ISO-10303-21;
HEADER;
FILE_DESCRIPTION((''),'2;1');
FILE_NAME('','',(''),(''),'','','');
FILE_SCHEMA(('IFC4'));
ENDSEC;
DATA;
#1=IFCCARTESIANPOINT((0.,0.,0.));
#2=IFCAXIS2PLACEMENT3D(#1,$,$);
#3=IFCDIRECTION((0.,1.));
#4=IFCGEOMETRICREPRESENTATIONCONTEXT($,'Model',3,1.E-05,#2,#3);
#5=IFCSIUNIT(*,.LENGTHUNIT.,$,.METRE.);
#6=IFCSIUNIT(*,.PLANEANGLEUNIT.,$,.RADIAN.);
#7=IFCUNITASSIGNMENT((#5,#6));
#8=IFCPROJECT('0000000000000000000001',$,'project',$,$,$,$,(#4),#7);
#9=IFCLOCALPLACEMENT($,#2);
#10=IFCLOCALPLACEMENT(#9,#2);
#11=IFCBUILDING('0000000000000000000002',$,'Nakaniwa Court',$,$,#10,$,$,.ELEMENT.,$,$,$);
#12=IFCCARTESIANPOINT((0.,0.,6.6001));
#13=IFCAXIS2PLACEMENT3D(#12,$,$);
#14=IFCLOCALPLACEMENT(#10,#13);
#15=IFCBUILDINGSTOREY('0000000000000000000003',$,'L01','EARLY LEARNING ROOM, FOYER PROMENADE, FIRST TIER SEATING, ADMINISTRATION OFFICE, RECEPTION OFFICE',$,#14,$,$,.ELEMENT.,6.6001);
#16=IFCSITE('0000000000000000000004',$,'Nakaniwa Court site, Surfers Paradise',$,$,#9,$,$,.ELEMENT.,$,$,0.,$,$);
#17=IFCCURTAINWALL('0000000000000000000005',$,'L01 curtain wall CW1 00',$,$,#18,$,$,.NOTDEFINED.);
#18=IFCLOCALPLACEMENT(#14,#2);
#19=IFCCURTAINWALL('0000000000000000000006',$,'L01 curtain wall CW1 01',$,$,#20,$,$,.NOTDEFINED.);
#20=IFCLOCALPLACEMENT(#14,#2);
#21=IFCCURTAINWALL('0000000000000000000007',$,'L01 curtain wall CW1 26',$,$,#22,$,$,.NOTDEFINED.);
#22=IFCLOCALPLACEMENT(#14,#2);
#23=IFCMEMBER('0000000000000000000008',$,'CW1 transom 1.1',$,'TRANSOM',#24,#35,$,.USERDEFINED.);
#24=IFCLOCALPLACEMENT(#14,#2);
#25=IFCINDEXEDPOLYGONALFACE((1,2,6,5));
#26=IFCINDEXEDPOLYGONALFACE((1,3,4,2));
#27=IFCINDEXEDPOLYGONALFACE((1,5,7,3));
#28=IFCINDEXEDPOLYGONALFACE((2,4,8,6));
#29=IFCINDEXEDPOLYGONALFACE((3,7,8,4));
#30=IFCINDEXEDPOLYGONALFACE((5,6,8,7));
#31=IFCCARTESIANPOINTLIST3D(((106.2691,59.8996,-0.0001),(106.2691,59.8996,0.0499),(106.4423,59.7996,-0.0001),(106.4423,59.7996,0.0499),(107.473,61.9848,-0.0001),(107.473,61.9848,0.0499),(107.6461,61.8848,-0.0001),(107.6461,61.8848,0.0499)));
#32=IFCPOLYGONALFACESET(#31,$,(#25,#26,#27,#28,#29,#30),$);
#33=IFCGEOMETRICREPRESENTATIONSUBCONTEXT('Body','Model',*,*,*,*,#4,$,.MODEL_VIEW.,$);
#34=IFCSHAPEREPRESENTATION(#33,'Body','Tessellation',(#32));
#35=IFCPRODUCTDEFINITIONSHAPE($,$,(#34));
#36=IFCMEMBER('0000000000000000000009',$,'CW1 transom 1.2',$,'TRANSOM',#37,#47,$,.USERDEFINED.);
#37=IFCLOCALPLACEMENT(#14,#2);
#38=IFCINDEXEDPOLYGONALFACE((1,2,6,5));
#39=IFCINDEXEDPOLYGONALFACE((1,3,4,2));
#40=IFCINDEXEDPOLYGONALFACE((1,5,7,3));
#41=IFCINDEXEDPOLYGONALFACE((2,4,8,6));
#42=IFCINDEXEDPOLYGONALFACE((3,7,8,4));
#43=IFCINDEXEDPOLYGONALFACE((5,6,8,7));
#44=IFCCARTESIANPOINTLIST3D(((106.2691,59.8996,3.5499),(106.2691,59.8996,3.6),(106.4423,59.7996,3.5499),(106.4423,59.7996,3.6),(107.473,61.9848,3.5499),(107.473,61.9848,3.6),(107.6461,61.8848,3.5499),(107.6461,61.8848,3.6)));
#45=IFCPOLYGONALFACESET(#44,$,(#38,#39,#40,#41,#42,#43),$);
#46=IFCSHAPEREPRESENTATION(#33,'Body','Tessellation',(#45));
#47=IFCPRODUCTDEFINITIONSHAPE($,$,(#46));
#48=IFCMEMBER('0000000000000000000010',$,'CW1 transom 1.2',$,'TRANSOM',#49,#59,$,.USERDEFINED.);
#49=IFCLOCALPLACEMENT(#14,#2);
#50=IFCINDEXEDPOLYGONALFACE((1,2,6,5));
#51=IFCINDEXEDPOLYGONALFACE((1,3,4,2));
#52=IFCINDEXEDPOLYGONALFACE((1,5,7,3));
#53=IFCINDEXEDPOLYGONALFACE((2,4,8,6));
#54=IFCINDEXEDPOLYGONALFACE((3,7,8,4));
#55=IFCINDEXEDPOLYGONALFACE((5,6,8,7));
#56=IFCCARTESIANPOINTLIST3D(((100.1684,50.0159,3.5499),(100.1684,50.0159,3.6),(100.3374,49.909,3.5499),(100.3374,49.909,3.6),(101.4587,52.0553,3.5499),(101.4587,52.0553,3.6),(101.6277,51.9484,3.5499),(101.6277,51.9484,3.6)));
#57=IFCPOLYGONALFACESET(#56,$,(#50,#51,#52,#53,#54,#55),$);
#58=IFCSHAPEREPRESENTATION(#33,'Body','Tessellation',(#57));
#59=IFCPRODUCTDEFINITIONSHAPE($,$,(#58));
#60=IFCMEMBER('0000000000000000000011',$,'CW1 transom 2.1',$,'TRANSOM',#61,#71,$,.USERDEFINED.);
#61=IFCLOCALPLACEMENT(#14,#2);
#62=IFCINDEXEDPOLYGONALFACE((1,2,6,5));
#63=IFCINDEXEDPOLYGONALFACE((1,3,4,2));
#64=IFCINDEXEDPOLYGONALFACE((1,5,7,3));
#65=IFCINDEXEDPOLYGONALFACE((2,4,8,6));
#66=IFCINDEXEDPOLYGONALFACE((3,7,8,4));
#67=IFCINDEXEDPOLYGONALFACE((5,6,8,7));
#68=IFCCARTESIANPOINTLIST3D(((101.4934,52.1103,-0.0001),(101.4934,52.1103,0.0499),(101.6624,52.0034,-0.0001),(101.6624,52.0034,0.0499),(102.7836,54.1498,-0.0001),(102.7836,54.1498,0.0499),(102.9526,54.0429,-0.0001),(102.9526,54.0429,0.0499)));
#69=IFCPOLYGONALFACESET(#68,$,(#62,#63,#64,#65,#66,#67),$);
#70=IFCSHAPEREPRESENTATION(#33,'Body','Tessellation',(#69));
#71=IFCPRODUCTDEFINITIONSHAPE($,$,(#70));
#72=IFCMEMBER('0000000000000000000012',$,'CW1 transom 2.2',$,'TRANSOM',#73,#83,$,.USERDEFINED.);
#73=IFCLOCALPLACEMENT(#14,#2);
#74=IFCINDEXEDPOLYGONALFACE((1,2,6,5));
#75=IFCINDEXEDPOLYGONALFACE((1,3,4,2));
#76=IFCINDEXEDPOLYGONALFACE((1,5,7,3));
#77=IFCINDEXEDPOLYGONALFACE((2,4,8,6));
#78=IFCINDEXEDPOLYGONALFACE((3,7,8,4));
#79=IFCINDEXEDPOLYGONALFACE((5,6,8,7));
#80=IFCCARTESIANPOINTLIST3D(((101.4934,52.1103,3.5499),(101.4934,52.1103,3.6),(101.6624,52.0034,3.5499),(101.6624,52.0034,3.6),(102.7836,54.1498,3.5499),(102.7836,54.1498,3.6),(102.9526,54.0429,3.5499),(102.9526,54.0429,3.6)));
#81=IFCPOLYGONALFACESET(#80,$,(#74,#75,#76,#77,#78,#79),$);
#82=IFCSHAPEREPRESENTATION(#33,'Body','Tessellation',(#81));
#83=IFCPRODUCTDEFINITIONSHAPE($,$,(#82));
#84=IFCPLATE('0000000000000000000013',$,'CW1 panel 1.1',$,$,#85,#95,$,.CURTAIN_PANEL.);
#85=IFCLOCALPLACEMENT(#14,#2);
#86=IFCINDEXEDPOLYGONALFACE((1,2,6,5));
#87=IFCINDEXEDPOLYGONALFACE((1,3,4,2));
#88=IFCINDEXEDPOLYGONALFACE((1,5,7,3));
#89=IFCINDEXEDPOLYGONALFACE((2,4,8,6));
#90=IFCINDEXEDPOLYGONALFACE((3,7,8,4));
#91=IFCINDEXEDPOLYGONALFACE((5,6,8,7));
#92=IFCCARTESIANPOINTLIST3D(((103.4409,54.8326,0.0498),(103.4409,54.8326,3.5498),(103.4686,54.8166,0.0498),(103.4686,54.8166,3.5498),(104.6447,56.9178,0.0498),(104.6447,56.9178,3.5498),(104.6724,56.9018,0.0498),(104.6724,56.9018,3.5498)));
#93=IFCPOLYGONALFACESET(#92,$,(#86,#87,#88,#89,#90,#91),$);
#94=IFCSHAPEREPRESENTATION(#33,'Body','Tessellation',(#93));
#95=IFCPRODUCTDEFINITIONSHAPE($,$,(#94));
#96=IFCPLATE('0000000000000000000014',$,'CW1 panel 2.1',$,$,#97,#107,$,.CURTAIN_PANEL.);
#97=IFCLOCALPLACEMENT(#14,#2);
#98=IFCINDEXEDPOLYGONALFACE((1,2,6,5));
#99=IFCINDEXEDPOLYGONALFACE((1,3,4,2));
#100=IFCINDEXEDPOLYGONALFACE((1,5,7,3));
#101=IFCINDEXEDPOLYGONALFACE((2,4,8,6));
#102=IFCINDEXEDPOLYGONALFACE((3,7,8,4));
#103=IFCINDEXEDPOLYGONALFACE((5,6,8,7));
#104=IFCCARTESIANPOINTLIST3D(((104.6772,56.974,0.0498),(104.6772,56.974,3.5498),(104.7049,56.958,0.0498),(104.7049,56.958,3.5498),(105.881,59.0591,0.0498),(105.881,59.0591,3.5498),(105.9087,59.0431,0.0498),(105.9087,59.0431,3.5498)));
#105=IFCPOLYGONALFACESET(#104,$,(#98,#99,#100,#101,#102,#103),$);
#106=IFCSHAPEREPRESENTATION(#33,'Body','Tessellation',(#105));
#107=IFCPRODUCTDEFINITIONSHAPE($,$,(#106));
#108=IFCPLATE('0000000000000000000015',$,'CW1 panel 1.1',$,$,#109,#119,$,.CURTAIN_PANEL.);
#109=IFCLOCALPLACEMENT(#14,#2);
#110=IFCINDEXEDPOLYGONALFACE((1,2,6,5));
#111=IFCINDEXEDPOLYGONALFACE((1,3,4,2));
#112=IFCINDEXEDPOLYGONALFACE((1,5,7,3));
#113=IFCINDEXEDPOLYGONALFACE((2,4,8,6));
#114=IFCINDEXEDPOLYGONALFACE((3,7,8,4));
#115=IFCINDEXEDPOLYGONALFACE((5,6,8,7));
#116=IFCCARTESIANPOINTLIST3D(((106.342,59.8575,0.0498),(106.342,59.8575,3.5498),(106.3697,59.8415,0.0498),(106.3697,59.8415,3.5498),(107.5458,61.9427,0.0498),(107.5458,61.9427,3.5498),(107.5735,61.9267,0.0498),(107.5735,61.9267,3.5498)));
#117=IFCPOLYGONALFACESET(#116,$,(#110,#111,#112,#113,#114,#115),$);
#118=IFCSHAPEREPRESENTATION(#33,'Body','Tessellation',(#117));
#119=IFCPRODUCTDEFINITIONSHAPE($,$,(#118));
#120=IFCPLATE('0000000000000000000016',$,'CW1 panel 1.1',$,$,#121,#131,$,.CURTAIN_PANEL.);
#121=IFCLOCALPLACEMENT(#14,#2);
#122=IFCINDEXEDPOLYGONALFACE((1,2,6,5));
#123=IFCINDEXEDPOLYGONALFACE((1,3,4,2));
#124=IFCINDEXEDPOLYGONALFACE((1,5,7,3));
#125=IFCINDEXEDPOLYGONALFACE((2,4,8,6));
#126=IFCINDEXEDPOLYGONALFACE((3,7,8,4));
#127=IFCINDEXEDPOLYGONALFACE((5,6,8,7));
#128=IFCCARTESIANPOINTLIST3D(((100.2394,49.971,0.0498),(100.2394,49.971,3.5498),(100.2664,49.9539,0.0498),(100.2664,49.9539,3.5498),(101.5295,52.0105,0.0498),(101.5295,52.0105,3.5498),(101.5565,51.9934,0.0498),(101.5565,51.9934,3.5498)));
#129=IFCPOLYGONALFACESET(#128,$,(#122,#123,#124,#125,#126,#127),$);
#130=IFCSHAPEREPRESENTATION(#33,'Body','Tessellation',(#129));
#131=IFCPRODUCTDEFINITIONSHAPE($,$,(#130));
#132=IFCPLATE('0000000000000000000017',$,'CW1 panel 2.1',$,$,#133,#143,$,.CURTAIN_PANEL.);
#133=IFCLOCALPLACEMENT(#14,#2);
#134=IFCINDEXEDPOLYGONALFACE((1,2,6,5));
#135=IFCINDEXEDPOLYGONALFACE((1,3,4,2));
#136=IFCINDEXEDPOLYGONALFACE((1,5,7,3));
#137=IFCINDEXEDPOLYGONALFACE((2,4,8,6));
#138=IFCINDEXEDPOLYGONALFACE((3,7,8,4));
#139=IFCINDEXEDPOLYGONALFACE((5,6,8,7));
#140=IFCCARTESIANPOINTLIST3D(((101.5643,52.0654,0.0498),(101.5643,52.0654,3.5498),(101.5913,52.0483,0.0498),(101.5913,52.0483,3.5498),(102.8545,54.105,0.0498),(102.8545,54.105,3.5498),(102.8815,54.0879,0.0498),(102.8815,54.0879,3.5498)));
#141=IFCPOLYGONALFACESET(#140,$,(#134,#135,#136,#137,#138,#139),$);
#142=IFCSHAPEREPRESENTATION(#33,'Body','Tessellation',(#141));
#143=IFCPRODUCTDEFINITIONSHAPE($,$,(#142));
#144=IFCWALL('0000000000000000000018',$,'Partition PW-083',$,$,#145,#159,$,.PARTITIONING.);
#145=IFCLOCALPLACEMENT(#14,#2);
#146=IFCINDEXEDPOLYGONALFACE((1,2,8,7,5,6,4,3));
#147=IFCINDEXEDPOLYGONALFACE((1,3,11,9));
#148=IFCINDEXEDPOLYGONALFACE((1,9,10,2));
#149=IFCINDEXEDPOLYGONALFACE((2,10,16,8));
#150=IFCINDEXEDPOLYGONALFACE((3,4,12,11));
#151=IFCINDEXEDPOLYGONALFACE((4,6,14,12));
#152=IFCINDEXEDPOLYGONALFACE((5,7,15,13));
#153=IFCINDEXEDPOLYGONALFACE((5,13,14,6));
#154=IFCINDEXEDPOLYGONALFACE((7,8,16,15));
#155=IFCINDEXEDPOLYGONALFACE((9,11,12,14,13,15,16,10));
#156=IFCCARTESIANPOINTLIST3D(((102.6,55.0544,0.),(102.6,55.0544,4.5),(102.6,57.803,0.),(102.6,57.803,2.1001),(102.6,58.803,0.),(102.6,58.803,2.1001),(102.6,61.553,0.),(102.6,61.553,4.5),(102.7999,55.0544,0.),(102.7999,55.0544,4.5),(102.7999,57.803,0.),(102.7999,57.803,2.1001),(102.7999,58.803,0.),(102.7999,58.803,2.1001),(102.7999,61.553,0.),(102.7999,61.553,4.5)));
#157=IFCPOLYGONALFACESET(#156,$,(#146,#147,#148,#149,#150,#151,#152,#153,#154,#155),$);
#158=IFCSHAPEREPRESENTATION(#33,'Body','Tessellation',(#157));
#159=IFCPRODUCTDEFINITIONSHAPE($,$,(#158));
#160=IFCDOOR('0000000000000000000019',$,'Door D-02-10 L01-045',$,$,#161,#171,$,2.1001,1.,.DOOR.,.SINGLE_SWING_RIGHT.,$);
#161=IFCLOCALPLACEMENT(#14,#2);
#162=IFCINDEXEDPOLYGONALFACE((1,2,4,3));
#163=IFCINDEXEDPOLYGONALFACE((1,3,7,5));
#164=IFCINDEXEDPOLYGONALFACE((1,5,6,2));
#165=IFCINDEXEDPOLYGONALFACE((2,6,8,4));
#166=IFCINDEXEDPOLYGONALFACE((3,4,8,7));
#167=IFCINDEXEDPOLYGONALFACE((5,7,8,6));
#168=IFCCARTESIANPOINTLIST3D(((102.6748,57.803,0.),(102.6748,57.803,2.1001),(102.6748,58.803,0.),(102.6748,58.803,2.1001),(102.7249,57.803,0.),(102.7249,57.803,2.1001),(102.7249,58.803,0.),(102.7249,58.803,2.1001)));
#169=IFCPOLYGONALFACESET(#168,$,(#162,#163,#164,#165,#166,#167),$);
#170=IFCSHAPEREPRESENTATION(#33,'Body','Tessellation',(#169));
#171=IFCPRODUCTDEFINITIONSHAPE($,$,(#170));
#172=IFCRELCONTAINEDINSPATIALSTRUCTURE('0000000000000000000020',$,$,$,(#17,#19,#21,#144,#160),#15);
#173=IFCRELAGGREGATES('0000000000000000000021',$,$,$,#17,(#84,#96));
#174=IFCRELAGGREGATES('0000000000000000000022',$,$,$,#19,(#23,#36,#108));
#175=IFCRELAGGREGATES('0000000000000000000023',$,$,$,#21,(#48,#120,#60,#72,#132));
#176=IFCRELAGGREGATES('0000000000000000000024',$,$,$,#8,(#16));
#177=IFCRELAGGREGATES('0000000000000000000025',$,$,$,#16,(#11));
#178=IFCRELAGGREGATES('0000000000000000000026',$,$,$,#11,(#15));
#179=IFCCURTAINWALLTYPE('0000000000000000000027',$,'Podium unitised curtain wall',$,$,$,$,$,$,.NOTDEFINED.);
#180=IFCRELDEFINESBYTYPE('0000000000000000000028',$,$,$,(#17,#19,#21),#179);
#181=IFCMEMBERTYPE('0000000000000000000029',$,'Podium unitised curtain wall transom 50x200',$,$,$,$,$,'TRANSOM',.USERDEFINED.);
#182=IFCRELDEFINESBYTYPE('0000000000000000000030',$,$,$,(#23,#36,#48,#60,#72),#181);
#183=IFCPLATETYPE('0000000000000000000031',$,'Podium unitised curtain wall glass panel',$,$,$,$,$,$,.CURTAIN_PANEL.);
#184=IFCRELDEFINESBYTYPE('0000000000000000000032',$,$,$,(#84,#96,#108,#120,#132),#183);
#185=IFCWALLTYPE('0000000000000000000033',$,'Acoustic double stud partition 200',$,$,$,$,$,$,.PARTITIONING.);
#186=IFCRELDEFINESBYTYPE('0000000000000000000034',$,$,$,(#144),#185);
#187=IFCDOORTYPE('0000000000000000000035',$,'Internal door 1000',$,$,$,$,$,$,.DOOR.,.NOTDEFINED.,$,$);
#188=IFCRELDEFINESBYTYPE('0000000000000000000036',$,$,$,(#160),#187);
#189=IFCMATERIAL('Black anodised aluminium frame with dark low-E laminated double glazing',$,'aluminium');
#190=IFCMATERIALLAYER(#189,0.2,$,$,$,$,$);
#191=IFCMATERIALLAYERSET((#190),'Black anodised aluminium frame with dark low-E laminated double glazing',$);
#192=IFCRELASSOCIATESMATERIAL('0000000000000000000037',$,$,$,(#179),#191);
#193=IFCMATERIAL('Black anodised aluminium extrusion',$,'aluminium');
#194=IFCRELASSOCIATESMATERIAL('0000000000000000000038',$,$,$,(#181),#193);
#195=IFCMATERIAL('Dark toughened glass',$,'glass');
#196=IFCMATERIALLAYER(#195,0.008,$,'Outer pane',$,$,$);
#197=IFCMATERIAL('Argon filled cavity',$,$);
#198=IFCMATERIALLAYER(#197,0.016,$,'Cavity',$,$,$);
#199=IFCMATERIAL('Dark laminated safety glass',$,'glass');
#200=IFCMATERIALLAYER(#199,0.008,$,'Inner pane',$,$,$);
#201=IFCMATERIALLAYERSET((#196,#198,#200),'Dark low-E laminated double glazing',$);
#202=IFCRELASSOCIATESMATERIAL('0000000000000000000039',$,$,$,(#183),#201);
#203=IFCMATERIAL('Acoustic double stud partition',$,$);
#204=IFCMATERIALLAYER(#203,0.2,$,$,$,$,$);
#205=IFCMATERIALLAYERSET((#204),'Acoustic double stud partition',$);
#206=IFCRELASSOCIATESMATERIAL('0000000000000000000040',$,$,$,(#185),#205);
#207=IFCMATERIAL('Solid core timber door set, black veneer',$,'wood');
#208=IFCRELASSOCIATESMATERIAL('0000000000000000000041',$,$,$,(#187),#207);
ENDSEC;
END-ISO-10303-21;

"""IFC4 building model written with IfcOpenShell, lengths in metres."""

from ifc_helpers import new_model, si_unit, direction, frame, frame_2d, origin, origin_2d, place, context, subcontext, project, spatial, rectangle, extrude, material, layer, layer_set, material_profile, profile_set, type_object, element, fill, aggregate, save


model = new_model("IFC4")

# Units and contexts
model_context = context("Model", 3, precision=1e-05, world=origin(), true_north=direction((0.0, 1.0)))
body_context = subcontext(model_context, "Body", "Model", "MODEL_VIEW")
ifc_project = project(units=[si_unit("LENGTHUNIT", "METRE"), si_unit("PLANEANGLEUNIT", "RADIAN")], contexts=[model_context])

# Site, building, storey
site_placement = place(None, origin())
site = spatial("IfcSite", under=ifc_project, at=site_placement, Name="Nakaniwa Court site, Surfers Paradise", CompositionType="ELEMENT", RefElevation=0.0)
building_placement = place(site_placement, origin())
building = spatial("IfcBuilding", under=site, at=building_placement, Name="Nakaniwa Court", CompositionType="ELEMENT")
storey_placement = place(building_placement, frame((0.0, 0.0, 6.6001)))
storey = spatial("IfcBuildingStorey", under=building, at=storey_placement, Name="L01", Description="EARLY LEARNING ROOM, FOYER PROMENADE, FIRST TIER SEATING, ADMINISTRATION OFFICE, RECEPTION OFFICE", CompositionType="ELEMENT", Elevation=6.6001)

# Curtain wall
ifc_material_1 = material(Name="Black anodised aluminium frame with dark low-E laminated double glazing", Category="aluminium")
ifc_layer_1 = layer(ifc_material_1, 0.2)
ifc_layer_set_1 = layer_set([ifc_layer_1], Name="Black anodised aluminium frame with dark low-E laminated double glazing")
curtain_wall_type = type_object("IfcCurtainWallType", Name="Podium unitised curtain wall", PredefinedType="NOTDEFINED", material=ifc_layer_set_1)
curtain_wall_1_placement = place(storey_placement, origin())
curtain_wall_1 = element("IfcCurtainWall", 1, at=curtain_wall_1_placement, inside=storey, type_object=curtain_wall_type, Name="L01 curtain wall CW1 00", PredefinedType="NOTDEFINED")
ifc_material_2 = material(Name="Black anodised aluminium extrusion", Category="aluminium")

# Curtain wall
curtain_wall_2_placement = place(storey_placement, origin())
curtain_wall_2 = element("IfcCurtainWall", 2, at=curtain_wall_2_placement, inside=storey, type_object=curtain_wall_type, Name="L01 curtain wall CW1 01", PredefinedType="NOTDEFINED")

# Curtain wall
curtain_wall_3_placement = place(storey_placement, origin())
curtain_wall_3 = element("IfcCurtainWall", 3, at=curtain_wall_3_placement, inside=storey, type_object=curtain_wall_type, Name="L01 curtain wall CW1 26", PredefinedType="NOTDEFINED")

# Members
ifc_material_profile_1 = material_profile(ifc_material_2, rectangle(XDim=0.2, YDim=0.05, at=origin_2d()), Name="Podium unitised curtain wall transom 50x200")
ifc_profile_set_1 = profile_set([ifc_material_profile_1], Name="Black anodised aluminium extrusion")
member_type_1 = type_object("IfcMemberType", Name="Podium unitised curtain wall transom 50x200", ElementType="TRANSOM", PredefinedType="USERDEFINED", material=ifc_profile_set_1)
member_1_placement = place(storey_placement, frame((106.3557, 59.8496, 0.0249), z_axis=(0.499989, 0.866032, 0.0), x_axis=(-0.866032, 0.499989, 0.0)))
member_1 = element("IfcMember", 4, at=member_1_placement, type_object=member_type_1, Name="CW1 transom 1.1", ObjectType="TRANSOM", PredefinedType="USERDEFINED", context=body_context, shape_type="SweptSolid", body=[
    extrude(rectangle(XDim=0.2, YDim=0.05, at=origin_2d()), origin(), (0.0, 0.0, 1.0), 2.4077),
])
member_2_placement = place(storey_placement, frame((106.3557, 59.8496, 3.575), z_axis=(0.499989, 0.866032, 0.0), x_axis=(-0.866032, 0.499989, 0.0)))
member_2 = element("IfcMember", 5, at=member_2_placement, type_object=member_type_1, Name="CW1 transom 1.2", ObjectType="TRANSOM", PredefinedType="USERDEFINED", context=body_context, shape_type="SweptSolid", body=[
    extrude(rectangle(XDim=0.2, YDim=0.05, at=origin_2d()), origin(), (0.0, 0.0, 1.0), 2.4077),
])
member_3_placement = place(storey_placement, frame((100.2529, 49.9624, 3.575), z_axis=(0.534628, 0.845087, 0.0), x_axis=(-0.845087, 0.534628, 0.0)))
member_3 = element("IfcMember", 6, at=member_3_placement, type_object=member_type_1, Name="CW1 transom 1.2", ObjectType="TRANSOM", PredefinedType="USERDEFINED", context=body_context, shape_type="SweptSolid", body=[
    extrude(rectangle(XDim=0.2, YDim=0.05, at=origin_2d()), origin(), (0.0, 0.0, 1.0), 2.4133),
])
member_4_placement = place(storey_placement, frame((101.5779, 52.0569, 0.0249), z_axis=(0.534628, 0.845087, 0.0), x_axis=(-0.845087, 0.534628, 0.0)))
member_4 = element("IfcMember", 7, at=member_4_placement, type_object=member_type_1, Name="CW1 transom 2.1", ObjectType="TRANSOM", PredefinedType="USERDEFINED", context=body_context, shape_type="SweptSolid", body=[
    extrude(rectangle(XDim=0.2, YDim=0.05, at=origin_2d()), origin(), (0.0, 0.0, 1.0), 2.4133),
])
member_5_placement = place(storey_placement, frame((101.5779, 52.0569, 3.575), z_axis=(0.534628, 0.845087, 0.0), x_axis=(-0.845087, 0.534628, 0.0)))
member_5 = element("IfcMember", 8, at=member_5_placement, type_object=member_type_1, Name="CW1 transom 2.2", ObjectType="TRANSOM", PredefinedType="USERDEFINED", context=body_context, shape_type="SweptSolid", body=[
    extrude(rectangle(XDim=0.2, YDim=0.05, at=origin_2d()), origin(), (0.0, 0.0, 1.0), 2.4133),
])

# Plates
ifc_material_3 = material(Name="Dark toughened glass", Category="glass")
ifc_layer_2 = layer(ifc_material_3, 0.008, Name="Outer pane")
ifc_material_4 = material(Name="Argon filled cavity")
ifc_layer_3 = layer(ifc_material_4, 0.016, Name="Cavity")
ifc_material_5 = material(Name="Dark laminated safety glass", Category="glass")
ifc_layer_4 = layer(ifc_material_5, 0.008, Name="Inner pane")
ifc_layer_set_2 = layer_set([ifc_layer_2, ifc_layer_3, ifc_layer_4], Name="Dark low-E laminated double glazing")
plate_type = type_object("IfcPlateType", Name="Podium unitised curtain wall glass panel", PredefinedType="CURTAIN_PANEL", material=ifc_layer_set_2)
plate_1_placement = place(storey_placement, frame((104.0566, 55.8672, 0.0498), z_axis=(0.0, 0.0, 1.0), x_axis=(0.499979, 0.866037, 0.0)))
plate_1 = element("IfcPlate", 9, at=plate_1_placement, type_object=plate_type, Name="CW1 panel 1.1", PredefinedType="CURTAIN_PANEL", context=body_context, shape_type="SweptSolid", body=[
    extrude(rectangle(XDim=2.4077, YDim=0.032, at=origin_2d()), origin(), (0.0, 0.0, 1.0), 3.5),
])
plate_2_placement = place(storey_placement, frame((105.293, 58.0085, 0.0498), z_axis=(0.0, 0.0, 1.0), x_axis=(0.499979, 0.866037, 0.0)))
plate_2 = element("IfcPlate", 10, at=plate_2_placement, type_object=plate_type, Name="CW1 panel 2.1", PredefinedType="CURTAIN_PANEL", context=body_context, shape_type="SweptSolid", body=[
    extrude(rectangle(XDim=2.4077, YDim=0.032, at=origin_2d()), origin(), (0.0, 0.0, 1.0), 3.5),
])
aggregate(curtain_wall_1, [plate_1, plate_2])
plate_3_placement = place(storey_placement, frame((106.9578, 60.8921, 0.0498), z_axis=(0.0, 0.0, 1.0), x_axis=(0.499988, 0.866032, 0.0)))
plate_3 = element("IfcPlate", 11, at=plate_3_placement, type_object=plate_type, Name="CW1 panel 1.1", PredefinedType="CURTAIN_PANEL", context=body_context, shape_type="SweptSolid", body=[
    extrude(rectangle(XDim=2.4077, YDim=0.032, at=origin_2d()), origin(), (0.0, 0.0, 1.0), 3.5),
])
aggregate(curtain_wall_2, [member_1, member_2, plate_3])
plate_4_placement = place(storey_placement, frame((100.8979, 50.9822, 0.0498), z_axis=(0.0, 0.0, 1.0), x_axis=(0.534597, 0.845107, 0.0)))
plate_4 = element("IfcPlate", 12, at=plate_4_placement, type_object=plate_type, Name="CW1 panel 1.1", PredefinedType="CURTAIN_PANEL", context=body_context, shape_type="SweptSolid", body=[
    extrude(rectangle(XDim=2.4133, YDim=0.032, at=origin_2d()), origin(), (0.0, 0.0, 1.0), 3.5),
])
plate_5_placement = place(storey_placement, frame((102.2229, 53.0767, 0.0498), z_axis=(0.0, 0.0, 1.0), x_axis=(0.534597, 0.845107, 0.0)))
plate_5 = element("IfcPlate", 13, at=plate_5_placement, type_object=plate_type, Name="CW1 panel 2.1", PredefinedType="CURTAIN_PANEL", context=body_context, shape_type="SweptSolid", body=[
    extrude(rectangle(XDim=2.4133, YDim=0.032, at=origin_2d()), origin(), (0.0, 0.0, 1.0), 3.5),
])
aggregate(curtain_wall_3, [member_3, plate_4, member_4, member_5, plate_5])

# Wall, opening, door
ifc_material_6 = material(Name="Acoustic double stud partition")
ifc_layer_5 = layer(ifc_material_6, 0.2)
ifc_layer_set_3 = layer_set([ifc_layer_5], Name="Acoustic double stud partition")
wall_type_1 = type_object("IfcWallType", Name="Acoustic double stud partition 200", PredefinedType="PARTITIONING", material=ifc_layer_set_3)
wall_1_placement = place(storey_placement, frame((102.7, 61.553, 0.0), z_axis=(0.0, 0.0, 1.0), x_axis=(0.0, -1.0, 0.0)))
wall_1 = element("IfcWall", 14, at=wall_1_placement, inside=storey, type_object=wall_type_1, Name="Partition PW-083", PredefinedType="PARTITIONING", context=body_context, shape_type="SweptSolid", body=[
    extrude(rectangle(XDim=6.4985, YDim=0.2, at=frame_2d((3.2493, 0.0))), origin(), (0.0, 0.0, 1.0), 4.5),
])
opening_1_placement = place(wall_1_placement, frame((2.75, 0.0, 0.0)))
opening_1 = element("IfcOpeningElement", 15, at=opening_1_placement, cuts=wall_1, PredefinedType="OPENING", context=body_context, shape_type="SweptSolid", body=[
    extrude(rectangle(XDim=1.0, YDim=2.1001, at=frame_2d((0.5, 1.05))), frame((0.0, 0.1099, 0.0), z_axis=(0.0, -1.0, 0.0), x_axis=(1.0, 0.0, 0.0)), (0.0, 0.0, 1.0), 0.22),
])
ifc_material_7 = material(Name="Solid core timber door set, black veneer", Category="wood")
door_type_1 = type_object("IfcDoorType", Name="Internal door 1000", OperationType="NOTDEFINED", PredefinedType="DOOR", material=ifc_material_7)
door_1_placement = place(opening_1_placement, origin())
door_1 = element("IfcDoor", 16, at=door_1_placement, inside=storey, type_object=door_type_1, Name="Door D-02-10 L01-045", OperationType="SINGLE_SWING_RIGHT", OverallHeight=2.1001, OverallWidth=1.0, PredefinedType="DOOR", context=body_context, shape_type="SweptSolid", body=[
    extrude(rectangle(XDim=1.0, YDim=2.1001, at=frame_2d((0.5, 1.05))), frame((0.0, 0.0249, 0.0), z_axis=(0.0, -1.0, 0.0), x_axis=(1.0, 0.0, 0.0)), (0.0, 0.0, 1.0), 0.05),
])
fill(opening_1, door_1)

save(model, "model.ifc")
